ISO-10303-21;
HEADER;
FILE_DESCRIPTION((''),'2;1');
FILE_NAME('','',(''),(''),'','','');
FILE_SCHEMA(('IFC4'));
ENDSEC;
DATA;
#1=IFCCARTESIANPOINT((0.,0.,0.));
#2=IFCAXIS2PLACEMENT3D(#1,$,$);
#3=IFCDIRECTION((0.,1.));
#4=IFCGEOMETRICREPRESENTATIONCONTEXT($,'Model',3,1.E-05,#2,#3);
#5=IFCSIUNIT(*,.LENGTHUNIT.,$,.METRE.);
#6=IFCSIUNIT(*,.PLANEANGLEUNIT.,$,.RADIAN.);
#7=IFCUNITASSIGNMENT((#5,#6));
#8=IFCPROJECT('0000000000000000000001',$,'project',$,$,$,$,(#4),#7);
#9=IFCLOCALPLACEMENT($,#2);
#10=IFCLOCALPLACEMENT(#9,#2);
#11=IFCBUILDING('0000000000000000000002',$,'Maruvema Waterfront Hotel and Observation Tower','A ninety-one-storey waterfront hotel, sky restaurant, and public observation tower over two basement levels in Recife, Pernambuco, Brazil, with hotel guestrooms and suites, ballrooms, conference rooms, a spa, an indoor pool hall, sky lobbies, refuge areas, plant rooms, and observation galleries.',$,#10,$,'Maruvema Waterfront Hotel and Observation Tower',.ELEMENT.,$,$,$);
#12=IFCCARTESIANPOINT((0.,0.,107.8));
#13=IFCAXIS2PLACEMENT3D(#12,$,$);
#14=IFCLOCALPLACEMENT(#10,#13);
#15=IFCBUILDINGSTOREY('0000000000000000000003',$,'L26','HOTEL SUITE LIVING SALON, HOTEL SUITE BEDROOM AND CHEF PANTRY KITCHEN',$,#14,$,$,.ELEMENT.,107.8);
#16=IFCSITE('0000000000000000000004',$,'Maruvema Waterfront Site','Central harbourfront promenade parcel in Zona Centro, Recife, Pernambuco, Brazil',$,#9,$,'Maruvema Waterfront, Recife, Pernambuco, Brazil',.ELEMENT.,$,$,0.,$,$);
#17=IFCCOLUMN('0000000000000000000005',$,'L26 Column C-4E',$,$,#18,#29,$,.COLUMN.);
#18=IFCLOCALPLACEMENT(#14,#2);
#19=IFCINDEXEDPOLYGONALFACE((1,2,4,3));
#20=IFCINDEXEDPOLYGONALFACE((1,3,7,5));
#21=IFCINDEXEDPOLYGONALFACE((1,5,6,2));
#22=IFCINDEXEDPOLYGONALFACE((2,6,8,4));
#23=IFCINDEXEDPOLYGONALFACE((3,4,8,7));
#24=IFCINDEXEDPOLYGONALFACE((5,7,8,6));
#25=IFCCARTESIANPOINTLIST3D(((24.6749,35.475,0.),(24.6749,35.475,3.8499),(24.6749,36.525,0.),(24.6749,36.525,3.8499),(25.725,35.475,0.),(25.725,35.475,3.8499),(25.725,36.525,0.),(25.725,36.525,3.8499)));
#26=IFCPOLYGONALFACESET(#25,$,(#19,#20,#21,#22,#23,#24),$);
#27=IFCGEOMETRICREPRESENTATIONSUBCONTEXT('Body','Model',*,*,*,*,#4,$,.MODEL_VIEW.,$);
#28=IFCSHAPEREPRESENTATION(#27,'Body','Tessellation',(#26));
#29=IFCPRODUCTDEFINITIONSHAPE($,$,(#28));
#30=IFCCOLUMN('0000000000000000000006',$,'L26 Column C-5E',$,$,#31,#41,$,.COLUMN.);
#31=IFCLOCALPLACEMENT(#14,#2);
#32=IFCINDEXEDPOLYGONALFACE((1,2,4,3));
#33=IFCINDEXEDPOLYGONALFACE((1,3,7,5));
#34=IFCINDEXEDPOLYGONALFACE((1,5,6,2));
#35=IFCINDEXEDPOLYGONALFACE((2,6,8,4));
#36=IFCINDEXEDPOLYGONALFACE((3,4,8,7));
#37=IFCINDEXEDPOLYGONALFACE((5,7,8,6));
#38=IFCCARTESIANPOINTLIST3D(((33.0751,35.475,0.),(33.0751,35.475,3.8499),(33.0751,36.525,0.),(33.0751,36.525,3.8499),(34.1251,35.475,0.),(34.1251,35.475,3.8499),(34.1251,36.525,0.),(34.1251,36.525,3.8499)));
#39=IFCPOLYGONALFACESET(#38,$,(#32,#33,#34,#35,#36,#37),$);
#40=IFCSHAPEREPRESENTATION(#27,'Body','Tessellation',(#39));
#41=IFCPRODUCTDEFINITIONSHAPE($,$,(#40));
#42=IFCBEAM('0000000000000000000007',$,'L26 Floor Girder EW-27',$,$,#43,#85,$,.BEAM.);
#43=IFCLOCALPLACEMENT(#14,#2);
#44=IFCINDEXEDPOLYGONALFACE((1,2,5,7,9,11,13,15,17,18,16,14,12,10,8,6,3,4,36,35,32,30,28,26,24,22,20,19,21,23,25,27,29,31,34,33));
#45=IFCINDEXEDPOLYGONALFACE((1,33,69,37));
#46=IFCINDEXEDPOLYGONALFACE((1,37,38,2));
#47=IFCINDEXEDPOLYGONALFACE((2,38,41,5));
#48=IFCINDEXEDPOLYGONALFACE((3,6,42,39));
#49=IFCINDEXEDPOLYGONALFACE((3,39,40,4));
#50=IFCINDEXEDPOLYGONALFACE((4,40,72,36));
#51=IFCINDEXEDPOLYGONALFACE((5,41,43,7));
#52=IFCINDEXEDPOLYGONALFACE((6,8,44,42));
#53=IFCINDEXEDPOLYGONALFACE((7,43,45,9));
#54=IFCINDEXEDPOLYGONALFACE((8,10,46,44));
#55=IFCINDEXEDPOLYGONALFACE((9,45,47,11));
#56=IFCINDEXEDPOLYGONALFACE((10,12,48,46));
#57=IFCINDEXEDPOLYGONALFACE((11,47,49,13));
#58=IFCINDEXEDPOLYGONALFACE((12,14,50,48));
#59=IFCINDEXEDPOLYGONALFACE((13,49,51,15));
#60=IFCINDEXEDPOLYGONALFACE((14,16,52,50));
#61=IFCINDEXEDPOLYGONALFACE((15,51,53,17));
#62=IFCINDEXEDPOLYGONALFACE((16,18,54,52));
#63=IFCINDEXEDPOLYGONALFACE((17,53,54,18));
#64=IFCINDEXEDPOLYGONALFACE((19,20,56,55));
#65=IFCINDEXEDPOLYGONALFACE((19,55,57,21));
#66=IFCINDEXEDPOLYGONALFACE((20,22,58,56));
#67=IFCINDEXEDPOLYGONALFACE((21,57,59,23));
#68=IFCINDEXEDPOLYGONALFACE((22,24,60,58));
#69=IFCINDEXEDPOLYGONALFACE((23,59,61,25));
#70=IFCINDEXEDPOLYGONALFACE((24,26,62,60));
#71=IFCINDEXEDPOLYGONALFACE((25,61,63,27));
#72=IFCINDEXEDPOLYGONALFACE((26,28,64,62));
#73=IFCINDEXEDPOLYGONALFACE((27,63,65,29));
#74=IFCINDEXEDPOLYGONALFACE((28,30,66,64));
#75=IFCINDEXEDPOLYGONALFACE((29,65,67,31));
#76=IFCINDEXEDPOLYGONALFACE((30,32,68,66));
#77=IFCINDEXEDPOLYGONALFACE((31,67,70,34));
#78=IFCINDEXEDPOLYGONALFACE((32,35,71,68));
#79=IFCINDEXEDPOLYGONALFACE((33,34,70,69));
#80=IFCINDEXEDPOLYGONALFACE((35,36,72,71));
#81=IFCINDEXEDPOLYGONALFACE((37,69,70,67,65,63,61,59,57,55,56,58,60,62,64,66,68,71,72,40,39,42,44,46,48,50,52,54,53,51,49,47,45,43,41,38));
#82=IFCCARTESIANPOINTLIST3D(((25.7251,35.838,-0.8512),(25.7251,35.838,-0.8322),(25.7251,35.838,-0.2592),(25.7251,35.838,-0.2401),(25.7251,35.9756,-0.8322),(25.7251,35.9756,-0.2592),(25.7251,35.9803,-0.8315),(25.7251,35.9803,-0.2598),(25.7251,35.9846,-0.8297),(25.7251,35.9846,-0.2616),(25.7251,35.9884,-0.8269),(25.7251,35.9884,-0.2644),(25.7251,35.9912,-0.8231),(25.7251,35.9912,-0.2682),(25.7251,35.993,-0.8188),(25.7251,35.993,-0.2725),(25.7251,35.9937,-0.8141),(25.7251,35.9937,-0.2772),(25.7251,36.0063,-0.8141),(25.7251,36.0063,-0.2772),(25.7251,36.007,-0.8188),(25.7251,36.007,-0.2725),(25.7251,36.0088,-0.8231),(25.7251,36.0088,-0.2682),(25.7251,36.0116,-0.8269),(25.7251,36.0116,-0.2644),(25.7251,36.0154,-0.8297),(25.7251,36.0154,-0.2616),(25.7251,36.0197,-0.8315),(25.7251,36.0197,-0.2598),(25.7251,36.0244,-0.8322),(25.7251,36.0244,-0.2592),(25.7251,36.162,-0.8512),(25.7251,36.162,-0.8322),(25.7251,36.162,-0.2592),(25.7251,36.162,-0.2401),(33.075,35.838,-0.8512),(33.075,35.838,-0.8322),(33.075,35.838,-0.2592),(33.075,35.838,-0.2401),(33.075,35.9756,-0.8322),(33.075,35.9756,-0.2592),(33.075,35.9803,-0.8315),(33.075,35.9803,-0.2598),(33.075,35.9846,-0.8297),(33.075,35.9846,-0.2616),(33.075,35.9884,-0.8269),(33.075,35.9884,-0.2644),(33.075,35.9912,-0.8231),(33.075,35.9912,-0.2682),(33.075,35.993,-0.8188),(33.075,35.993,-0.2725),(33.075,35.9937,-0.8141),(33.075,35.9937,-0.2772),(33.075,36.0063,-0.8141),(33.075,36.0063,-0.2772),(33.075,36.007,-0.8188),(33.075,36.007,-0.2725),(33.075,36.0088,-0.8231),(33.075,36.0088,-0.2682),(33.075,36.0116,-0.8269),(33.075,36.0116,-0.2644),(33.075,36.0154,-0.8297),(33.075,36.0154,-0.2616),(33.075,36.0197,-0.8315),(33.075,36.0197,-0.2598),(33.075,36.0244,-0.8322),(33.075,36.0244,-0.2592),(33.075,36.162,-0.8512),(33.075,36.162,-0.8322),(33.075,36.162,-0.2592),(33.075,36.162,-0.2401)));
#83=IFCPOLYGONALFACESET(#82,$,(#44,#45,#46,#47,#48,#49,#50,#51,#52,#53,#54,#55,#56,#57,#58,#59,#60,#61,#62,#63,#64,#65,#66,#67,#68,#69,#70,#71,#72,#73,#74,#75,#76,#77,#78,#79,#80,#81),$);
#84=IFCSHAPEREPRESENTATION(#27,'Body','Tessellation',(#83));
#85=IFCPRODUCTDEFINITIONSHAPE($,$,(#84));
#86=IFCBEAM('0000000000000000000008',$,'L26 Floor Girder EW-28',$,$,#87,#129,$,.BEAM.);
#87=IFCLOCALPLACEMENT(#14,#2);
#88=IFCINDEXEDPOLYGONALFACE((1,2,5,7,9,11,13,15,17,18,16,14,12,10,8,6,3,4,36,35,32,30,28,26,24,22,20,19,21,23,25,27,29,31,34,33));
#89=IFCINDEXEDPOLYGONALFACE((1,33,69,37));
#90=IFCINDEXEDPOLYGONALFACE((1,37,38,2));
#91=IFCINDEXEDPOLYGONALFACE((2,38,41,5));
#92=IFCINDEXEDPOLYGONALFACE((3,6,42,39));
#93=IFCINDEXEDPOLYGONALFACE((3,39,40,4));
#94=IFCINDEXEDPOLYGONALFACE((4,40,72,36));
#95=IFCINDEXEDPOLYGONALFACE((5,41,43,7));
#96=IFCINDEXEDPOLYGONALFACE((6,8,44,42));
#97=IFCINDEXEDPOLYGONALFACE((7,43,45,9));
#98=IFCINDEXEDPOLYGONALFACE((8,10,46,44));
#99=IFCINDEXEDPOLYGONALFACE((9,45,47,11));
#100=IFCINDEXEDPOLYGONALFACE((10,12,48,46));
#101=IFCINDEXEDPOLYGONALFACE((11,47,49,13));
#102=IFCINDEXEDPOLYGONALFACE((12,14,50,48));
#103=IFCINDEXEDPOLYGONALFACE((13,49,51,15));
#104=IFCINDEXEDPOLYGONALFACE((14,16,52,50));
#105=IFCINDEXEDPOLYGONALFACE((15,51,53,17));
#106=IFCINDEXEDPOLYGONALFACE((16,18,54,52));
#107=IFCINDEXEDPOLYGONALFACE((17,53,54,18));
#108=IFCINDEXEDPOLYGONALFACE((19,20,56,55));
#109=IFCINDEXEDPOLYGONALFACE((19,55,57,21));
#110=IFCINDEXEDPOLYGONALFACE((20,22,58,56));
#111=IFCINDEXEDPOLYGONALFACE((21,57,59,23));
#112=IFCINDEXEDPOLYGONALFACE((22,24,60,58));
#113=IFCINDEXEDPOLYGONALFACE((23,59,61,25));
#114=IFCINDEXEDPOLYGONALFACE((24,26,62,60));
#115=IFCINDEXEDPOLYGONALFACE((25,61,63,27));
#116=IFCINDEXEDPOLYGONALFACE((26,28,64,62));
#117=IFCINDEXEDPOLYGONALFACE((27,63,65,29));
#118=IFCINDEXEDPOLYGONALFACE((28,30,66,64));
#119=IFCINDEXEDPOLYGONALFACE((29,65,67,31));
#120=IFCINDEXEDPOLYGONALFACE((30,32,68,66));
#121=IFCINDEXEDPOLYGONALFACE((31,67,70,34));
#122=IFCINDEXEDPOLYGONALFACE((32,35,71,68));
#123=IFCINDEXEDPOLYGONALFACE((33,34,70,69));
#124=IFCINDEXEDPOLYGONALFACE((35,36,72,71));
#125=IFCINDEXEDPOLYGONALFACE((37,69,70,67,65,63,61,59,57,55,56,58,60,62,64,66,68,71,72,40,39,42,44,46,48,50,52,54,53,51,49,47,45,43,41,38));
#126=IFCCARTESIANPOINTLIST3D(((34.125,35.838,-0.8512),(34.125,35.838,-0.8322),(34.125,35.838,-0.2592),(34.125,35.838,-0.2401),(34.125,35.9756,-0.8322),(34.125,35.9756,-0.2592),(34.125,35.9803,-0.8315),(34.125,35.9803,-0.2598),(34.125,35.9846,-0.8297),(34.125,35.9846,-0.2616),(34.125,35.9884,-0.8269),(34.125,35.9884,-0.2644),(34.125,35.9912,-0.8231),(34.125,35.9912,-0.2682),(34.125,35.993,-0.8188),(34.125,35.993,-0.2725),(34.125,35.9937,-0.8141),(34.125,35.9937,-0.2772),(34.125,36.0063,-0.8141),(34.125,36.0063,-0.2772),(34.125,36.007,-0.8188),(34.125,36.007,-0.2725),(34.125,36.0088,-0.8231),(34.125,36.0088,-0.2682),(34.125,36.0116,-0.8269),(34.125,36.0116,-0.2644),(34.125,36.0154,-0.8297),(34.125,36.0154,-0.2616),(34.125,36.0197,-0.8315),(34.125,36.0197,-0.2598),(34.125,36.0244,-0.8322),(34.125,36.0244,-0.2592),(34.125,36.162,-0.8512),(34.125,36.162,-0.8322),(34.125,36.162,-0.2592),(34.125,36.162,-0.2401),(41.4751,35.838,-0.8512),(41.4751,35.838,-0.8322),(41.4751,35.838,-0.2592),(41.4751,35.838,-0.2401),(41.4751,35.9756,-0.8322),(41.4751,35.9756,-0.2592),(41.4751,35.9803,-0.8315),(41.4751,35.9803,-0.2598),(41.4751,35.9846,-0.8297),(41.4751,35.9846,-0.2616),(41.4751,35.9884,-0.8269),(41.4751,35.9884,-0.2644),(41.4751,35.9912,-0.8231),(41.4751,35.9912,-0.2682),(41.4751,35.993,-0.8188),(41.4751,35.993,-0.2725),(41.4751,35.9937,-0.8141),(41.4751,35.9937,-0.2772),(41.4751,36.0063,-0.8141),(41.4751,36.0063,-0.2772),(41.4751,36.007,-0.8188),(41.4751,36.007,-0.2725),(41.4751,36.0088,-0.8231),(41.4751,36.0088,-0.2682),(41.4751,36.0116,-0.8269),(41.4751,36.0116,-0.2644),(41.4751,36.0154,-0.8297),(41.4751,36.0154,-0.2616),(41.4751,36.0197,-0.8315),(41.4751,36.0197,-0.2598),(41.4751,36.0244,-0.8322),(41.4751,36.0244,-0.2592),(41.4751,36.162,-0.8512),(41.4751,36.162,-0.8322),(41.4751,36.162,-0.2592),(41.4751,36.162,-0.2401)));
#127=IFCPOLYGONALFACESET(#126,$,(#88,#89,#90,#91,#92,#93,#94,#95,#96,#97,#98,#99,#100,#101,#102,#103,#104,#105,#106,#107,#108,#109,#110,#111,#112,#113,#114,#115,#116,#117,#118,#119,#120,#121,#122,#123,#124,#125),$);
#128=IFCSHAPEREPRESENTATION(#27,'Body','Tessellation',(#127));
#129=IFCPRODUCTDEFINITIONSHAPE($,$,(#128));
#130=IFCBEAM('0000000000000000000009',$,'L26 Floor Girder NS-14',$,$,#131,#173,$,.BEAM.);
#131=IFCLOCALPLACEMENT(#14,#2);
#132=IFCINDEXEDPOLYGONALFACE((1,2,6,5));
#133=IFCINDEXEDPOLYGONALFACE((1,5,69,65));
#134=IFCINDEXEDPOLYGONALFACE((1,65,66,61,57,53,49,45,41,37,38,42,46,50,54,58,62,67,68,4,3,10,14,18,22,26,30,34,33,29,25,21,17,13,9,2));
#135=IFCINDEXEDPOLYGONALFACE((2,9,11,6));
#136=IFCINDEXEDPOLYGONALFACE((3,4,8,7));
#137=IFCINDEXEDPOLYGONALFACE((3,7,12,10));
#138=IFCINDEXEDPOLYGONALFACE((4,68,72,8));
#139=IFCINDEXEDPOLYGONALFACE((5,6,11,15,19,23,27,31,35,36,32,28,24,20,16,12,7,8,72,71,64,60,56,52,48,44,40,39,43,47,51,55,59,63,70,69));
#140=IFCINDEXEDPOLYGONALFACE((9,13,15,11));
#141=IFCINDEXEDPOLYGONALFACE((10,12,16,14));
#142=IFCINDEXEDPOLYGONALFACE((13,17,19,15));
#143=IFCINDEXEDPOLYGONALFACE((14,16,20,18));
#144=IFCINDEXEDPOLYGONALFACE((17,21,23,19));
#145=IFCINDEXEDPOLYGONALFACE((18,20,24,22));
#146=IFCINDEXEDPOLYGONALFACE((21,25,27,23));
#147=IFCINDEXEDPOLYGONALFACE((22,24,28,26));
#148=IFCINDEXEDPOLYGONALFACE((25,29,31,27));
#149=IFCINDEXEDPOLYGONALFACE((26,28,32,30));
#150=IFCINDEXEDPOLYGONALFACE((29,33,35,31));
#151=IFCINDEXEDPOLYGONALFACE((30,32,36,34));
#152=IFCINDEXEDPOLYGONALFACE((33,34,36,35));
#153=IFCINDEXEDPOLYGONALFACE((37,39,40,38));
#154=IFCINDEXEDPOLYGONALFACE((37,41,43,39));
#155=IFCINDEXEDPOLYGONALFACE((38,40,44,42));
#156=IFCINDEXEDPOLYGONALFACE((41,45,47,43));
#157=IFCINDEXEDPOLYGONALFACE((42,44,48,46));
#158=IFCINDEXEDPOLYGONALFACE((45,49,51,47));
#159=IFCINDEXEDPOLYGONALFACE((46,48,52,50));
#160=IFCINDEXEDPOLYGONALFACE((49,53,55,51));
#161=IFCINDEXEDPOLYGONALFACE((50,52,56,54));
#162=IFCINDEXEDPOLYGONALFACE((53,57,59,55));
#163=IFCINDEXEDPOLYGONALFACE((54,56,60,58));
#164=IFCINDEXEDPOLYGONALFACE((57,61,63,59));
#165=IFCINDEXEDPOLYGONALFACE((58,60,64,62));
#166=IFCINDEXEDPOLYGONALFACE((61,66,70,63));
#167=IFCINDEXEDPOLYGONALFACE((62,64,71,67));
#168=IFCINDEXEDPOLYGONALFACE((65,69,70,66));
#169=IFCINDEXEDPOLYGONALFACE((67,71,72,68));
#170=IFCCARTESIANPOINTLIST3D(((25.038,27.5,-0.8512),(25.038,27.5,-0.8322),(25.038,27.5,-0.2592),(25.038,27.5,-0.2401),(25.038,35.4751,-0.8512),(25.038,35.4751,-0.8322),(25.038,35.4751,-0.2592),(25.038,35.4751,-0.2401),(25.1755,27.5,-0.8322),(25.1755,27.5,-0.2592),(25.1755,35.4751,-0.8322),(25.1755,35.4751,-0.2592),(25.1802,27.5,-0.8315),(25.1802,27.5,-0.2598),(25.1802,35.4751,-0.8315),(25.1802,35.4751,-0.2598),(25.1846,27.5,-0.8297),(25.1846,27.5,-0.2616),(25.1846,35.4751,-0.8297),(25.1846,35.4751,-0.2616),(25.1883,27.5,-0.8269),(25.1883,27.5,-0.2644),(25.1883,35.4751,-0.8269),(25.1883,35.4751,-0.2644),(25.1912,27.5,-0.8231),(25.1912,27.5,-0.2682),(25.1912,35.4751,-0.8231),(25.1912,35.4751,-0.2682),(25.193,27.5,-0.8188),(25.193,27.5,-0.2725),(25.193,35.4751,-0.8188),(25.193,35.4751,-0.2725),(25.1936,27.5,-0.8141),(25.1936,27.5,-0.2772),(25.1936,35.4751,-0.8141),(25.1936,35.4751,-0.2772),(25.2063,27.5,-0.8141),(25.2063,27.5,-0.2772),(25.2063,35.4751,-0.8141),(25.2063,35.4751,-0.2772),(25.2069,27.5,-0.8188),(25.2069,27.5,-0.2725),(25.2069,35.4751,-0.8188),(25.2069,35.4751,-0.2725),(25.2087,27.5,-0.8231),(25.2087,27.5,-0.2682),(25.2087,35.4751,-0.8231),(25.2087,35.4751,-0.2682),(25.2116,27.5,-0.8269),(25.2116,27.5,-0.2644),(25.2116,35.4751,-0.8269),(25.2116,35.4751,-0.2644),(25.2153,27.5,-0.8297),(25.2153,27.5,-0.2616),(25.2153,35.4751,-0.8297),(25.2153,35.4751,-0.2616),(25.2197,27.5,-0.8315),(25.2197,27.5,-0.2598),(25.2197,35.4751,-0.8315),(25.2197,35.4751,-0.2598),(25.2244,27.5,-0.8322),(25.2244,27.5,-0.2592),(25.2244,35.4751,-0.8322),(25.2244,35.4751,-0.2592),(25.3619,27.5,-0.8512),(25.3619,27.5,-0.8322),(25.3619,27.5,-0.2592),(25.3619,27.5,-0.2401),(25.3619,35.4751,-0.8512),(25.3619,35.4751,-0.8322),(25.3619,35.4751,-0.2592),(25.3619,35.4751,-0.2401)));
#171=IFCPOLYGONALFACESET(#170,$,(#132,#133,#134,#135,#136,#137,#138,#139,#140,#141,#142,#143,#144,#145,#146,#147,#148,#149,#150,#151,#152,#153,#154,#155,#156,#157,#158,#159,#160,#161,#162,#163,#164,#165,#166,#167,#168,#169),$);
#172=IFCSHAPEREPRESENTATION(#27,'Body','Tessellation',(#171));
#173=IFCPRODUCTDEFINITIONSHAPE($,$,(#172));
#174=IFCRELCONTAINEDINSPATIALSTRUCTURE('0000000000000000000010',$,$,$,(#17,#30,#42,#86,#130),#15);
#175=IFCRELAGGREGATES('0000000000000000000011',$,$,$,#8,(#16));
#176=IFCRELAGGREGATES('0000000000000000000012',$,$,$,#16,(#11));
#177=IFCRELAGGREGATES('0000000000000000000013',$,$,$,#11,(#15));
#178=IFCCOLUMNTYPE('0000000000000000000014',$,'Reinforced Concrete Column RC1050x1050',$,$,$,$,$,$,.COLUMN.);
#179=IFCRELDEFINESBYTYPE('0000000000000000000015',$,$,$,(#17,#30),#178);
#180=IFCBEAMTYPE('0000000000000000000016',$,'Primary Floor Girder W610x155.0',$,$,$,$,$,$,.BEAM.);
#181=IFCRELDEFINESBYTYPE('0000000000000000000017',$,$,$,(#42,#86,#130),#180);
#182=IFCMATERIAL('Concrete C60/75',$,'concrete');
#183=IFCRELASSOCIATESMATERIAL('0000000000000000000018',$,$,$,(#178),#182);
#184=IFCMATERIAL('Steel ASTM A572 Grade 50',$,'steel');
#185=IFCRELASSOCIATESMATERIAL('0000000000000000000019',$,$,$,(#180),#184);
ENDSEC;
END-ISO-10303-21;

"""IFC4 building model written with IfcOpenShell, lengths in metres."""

from ifc_helpers import new_model, si_unit, direction, frame, origin, origin_2d, place, context, subcontext, project, spatial, rectangle, i_section, extrude, material, material_profile, profile_set, type_object, element, save


model = new_model("IFC4")

# Units and contexts
model_context = context("Model", 3, precision=1e-05, world=origin(), true_north=direction((0.0, 1.0)))
body_context = subcontext(model_context, "Body", "Model", "MODEL_VIEW")
ifc_project = project(units=[si_unit("LENGTHUNIT", "METRE"), si_unit("PLANEANGLEUNIT", "RADIAN")], contexts=[model_context])

# Site, building, storey
site_placement = place(None, origin())
site = spatial("IfcSite", under=ifc_project, at=site_placement, Name="Maruvema Waterfront Site", Description="Central harbourfront promenade parcel in Zona Centro, Recife, Pernambuco, Brazil", LongName="Maruvema Waterfront, Recife, Pernambuco, Brazil", CompositionType="ELEMENT", RefElevation=0.0)
building_placement = place(site_placement, origin())
building = spatial("IfcBuilding", under=site, at=building_placement, Name="Maruvema Waterfront Hotel and Observation Tower", Description="A ninety-one-storey waterfront hotel, sky restaurant, and public observation tower over two basement levels in Recife, Pernambuco, Brazil, with hotel guestrooms and suites, ballrooms, conference rooms, a spa, an indoor pool hall, sky lobbies, refuge areas, plant rooms, and observation galleries.", LongName="Maruvema Waterfront Hotel and Observation Tower", CompositionType="ELEMENT")
storey_placement = place(building_placement, frame((0.0, 0.0, 107.8)))
storey = spatial("IfcBuildingStorey", under=building, at=storey_placement, Name="L26", Description="HOTEL SUITE LIVING SALON, HOTEL SUITE BEDROOM AND CHEF PANTRY KITCHEN", CompositionType="ELEMENT", Elevation=107.8)

# Columns
ifc_material_1 = material(Name="Concrete C60/75", Category="concrete")
ifc_material_profile_1 = material_profile(ifc_material_1, rectangle(XDim=1.05, YDim=1.05, at=origin_2d()), Name="RC1050x1050")
ifc_profile_set_1 = profile_set([ifc_material_profile_1], Name="Concrete C60/75")
column_type = type_object("IfcColumnType", Name="Reinforced Concrete Column RC1050x1050", PredefinedType="COLUMN", material=ifc_profile_set_1)
for number, where, z_axis, x_axis, name in (
    (1, (25.2, 36.0, 0.0), (0.0, 0.0, 1.0), (1.0, 0.0, 0.0), "L26 Column C-4E"),
    (2, (33.6001, 36.0, 0.0), (0.0, 0.0, 1.0), (1.0, 0.0, 0.0), "L26 Column C-5E"),
):
    element("IfcColumn", number, at=place(storey_placement, frame(where, z_axis=z_axis, x_axis=x_axis)), inside=storey, type_object=column_type, Name=name, PredefinedType="COLUMN", context=body_context, shape_type="SweptSolid", body=[
        extrude(rectangle(XDim=1.05, YDim=1.05, at=origin_2d()), origin(), (0.0, 0.0, 1.0), 3.8499),
    ])

# Beams
ifc_material_2 = material(Name="Steel ASTM A572 Grade 50", Category="steel")
ifc_material_profile_2 = material_profile(ifc_material_2, i_section(OverallWidth=0.324, OverallDepth=0.6111, WebThickness=0.0127, FlangeThickness=0.019, FilletRadius=0.0181, at=origin_2d()), Name="W610x155.0")
ifc_profile_set_2 = profile_set([ifc_material_profile_2], Name="Steel ASTM A572 Grade 50")
beam_type_1 = type_object("IfcBeamType", Name="Primary Floor Girder W610x155.0", PredefinedType="BEAM", material=ifc_profile_set_2)
beam_1_placement = place(storey_placement, frame((25.7251, 36.0, -0.5457), z_axis=(1.0, 0.0, 0.0), x_axis=(0.0, 1.0, 0.0)))
element("IfcBeam", 3, at=beam_1_placement, inside=storey, type_object=beam_type_1, Name="L26 Floor Girder EW-27", PredefinedType="BEAM", context=body_context, shape_type="SweptSolid", body=[
    extrude(i_section(OverallWidth=0.324, OverallDepth=0.6111, WebThickness=0.0127, FlangeThickness=0.019, FilletRadius=0.0181, at=origin_2d()), origin(), (0.0, 0.0, 1.0), 7.3499),
])
beam_2_placement = place(storey_placement, frame((34.125, 36.0, -0.5457), z_axis=(1.0, 0.0, 0.0), x_axis=(0.0, 1.0, 0.0)))
element("IfcBeam", 4, at=beam_2_placement, inside=storey, type_object=beam_type_1, Name="L26 Floor Girder EW-28", PredefinedType="BEAM", context=body_context, shape_type="SweptSolid", body=[
    extrude(i_section(OverallWidth=0.324, OverallDepth=0.6111, WebThickness=0.0127, FlangeThickness=0.019, FilletRadius=0.0181, at=origin_2d()), origin(), (0.0, 0.0, 1.0), 7.3501),
])
for number, where, z_axis, x_axis, name in (
    (5, (25.2, 27.5, -0.5457), (0.0, 1.0, 0.0), (-1.0, 0.0, 0.0), "L26 Floor Girder NS-14"),
):
    element("IfcBeam", number, at=place(storey_placement, frame(where, z_axis=z_axis, x_axis=x_axis)), inside=storey, type_object=beam_type_1, Name=name, PredefinedType="BEAM", context=body_context, shape_type="SweptSolid", body=[
        extrude(i_section(OverallWidth=0.324, OverallDepth=0.6111, WebThickness=0.0127, FlangeThickness=0.019, FilletRadius=0.0181, at=origin_2d()), origin(), (0.0, 0.0, 1.0), 7.9751),
    ])

save(model, "model.ifc")
